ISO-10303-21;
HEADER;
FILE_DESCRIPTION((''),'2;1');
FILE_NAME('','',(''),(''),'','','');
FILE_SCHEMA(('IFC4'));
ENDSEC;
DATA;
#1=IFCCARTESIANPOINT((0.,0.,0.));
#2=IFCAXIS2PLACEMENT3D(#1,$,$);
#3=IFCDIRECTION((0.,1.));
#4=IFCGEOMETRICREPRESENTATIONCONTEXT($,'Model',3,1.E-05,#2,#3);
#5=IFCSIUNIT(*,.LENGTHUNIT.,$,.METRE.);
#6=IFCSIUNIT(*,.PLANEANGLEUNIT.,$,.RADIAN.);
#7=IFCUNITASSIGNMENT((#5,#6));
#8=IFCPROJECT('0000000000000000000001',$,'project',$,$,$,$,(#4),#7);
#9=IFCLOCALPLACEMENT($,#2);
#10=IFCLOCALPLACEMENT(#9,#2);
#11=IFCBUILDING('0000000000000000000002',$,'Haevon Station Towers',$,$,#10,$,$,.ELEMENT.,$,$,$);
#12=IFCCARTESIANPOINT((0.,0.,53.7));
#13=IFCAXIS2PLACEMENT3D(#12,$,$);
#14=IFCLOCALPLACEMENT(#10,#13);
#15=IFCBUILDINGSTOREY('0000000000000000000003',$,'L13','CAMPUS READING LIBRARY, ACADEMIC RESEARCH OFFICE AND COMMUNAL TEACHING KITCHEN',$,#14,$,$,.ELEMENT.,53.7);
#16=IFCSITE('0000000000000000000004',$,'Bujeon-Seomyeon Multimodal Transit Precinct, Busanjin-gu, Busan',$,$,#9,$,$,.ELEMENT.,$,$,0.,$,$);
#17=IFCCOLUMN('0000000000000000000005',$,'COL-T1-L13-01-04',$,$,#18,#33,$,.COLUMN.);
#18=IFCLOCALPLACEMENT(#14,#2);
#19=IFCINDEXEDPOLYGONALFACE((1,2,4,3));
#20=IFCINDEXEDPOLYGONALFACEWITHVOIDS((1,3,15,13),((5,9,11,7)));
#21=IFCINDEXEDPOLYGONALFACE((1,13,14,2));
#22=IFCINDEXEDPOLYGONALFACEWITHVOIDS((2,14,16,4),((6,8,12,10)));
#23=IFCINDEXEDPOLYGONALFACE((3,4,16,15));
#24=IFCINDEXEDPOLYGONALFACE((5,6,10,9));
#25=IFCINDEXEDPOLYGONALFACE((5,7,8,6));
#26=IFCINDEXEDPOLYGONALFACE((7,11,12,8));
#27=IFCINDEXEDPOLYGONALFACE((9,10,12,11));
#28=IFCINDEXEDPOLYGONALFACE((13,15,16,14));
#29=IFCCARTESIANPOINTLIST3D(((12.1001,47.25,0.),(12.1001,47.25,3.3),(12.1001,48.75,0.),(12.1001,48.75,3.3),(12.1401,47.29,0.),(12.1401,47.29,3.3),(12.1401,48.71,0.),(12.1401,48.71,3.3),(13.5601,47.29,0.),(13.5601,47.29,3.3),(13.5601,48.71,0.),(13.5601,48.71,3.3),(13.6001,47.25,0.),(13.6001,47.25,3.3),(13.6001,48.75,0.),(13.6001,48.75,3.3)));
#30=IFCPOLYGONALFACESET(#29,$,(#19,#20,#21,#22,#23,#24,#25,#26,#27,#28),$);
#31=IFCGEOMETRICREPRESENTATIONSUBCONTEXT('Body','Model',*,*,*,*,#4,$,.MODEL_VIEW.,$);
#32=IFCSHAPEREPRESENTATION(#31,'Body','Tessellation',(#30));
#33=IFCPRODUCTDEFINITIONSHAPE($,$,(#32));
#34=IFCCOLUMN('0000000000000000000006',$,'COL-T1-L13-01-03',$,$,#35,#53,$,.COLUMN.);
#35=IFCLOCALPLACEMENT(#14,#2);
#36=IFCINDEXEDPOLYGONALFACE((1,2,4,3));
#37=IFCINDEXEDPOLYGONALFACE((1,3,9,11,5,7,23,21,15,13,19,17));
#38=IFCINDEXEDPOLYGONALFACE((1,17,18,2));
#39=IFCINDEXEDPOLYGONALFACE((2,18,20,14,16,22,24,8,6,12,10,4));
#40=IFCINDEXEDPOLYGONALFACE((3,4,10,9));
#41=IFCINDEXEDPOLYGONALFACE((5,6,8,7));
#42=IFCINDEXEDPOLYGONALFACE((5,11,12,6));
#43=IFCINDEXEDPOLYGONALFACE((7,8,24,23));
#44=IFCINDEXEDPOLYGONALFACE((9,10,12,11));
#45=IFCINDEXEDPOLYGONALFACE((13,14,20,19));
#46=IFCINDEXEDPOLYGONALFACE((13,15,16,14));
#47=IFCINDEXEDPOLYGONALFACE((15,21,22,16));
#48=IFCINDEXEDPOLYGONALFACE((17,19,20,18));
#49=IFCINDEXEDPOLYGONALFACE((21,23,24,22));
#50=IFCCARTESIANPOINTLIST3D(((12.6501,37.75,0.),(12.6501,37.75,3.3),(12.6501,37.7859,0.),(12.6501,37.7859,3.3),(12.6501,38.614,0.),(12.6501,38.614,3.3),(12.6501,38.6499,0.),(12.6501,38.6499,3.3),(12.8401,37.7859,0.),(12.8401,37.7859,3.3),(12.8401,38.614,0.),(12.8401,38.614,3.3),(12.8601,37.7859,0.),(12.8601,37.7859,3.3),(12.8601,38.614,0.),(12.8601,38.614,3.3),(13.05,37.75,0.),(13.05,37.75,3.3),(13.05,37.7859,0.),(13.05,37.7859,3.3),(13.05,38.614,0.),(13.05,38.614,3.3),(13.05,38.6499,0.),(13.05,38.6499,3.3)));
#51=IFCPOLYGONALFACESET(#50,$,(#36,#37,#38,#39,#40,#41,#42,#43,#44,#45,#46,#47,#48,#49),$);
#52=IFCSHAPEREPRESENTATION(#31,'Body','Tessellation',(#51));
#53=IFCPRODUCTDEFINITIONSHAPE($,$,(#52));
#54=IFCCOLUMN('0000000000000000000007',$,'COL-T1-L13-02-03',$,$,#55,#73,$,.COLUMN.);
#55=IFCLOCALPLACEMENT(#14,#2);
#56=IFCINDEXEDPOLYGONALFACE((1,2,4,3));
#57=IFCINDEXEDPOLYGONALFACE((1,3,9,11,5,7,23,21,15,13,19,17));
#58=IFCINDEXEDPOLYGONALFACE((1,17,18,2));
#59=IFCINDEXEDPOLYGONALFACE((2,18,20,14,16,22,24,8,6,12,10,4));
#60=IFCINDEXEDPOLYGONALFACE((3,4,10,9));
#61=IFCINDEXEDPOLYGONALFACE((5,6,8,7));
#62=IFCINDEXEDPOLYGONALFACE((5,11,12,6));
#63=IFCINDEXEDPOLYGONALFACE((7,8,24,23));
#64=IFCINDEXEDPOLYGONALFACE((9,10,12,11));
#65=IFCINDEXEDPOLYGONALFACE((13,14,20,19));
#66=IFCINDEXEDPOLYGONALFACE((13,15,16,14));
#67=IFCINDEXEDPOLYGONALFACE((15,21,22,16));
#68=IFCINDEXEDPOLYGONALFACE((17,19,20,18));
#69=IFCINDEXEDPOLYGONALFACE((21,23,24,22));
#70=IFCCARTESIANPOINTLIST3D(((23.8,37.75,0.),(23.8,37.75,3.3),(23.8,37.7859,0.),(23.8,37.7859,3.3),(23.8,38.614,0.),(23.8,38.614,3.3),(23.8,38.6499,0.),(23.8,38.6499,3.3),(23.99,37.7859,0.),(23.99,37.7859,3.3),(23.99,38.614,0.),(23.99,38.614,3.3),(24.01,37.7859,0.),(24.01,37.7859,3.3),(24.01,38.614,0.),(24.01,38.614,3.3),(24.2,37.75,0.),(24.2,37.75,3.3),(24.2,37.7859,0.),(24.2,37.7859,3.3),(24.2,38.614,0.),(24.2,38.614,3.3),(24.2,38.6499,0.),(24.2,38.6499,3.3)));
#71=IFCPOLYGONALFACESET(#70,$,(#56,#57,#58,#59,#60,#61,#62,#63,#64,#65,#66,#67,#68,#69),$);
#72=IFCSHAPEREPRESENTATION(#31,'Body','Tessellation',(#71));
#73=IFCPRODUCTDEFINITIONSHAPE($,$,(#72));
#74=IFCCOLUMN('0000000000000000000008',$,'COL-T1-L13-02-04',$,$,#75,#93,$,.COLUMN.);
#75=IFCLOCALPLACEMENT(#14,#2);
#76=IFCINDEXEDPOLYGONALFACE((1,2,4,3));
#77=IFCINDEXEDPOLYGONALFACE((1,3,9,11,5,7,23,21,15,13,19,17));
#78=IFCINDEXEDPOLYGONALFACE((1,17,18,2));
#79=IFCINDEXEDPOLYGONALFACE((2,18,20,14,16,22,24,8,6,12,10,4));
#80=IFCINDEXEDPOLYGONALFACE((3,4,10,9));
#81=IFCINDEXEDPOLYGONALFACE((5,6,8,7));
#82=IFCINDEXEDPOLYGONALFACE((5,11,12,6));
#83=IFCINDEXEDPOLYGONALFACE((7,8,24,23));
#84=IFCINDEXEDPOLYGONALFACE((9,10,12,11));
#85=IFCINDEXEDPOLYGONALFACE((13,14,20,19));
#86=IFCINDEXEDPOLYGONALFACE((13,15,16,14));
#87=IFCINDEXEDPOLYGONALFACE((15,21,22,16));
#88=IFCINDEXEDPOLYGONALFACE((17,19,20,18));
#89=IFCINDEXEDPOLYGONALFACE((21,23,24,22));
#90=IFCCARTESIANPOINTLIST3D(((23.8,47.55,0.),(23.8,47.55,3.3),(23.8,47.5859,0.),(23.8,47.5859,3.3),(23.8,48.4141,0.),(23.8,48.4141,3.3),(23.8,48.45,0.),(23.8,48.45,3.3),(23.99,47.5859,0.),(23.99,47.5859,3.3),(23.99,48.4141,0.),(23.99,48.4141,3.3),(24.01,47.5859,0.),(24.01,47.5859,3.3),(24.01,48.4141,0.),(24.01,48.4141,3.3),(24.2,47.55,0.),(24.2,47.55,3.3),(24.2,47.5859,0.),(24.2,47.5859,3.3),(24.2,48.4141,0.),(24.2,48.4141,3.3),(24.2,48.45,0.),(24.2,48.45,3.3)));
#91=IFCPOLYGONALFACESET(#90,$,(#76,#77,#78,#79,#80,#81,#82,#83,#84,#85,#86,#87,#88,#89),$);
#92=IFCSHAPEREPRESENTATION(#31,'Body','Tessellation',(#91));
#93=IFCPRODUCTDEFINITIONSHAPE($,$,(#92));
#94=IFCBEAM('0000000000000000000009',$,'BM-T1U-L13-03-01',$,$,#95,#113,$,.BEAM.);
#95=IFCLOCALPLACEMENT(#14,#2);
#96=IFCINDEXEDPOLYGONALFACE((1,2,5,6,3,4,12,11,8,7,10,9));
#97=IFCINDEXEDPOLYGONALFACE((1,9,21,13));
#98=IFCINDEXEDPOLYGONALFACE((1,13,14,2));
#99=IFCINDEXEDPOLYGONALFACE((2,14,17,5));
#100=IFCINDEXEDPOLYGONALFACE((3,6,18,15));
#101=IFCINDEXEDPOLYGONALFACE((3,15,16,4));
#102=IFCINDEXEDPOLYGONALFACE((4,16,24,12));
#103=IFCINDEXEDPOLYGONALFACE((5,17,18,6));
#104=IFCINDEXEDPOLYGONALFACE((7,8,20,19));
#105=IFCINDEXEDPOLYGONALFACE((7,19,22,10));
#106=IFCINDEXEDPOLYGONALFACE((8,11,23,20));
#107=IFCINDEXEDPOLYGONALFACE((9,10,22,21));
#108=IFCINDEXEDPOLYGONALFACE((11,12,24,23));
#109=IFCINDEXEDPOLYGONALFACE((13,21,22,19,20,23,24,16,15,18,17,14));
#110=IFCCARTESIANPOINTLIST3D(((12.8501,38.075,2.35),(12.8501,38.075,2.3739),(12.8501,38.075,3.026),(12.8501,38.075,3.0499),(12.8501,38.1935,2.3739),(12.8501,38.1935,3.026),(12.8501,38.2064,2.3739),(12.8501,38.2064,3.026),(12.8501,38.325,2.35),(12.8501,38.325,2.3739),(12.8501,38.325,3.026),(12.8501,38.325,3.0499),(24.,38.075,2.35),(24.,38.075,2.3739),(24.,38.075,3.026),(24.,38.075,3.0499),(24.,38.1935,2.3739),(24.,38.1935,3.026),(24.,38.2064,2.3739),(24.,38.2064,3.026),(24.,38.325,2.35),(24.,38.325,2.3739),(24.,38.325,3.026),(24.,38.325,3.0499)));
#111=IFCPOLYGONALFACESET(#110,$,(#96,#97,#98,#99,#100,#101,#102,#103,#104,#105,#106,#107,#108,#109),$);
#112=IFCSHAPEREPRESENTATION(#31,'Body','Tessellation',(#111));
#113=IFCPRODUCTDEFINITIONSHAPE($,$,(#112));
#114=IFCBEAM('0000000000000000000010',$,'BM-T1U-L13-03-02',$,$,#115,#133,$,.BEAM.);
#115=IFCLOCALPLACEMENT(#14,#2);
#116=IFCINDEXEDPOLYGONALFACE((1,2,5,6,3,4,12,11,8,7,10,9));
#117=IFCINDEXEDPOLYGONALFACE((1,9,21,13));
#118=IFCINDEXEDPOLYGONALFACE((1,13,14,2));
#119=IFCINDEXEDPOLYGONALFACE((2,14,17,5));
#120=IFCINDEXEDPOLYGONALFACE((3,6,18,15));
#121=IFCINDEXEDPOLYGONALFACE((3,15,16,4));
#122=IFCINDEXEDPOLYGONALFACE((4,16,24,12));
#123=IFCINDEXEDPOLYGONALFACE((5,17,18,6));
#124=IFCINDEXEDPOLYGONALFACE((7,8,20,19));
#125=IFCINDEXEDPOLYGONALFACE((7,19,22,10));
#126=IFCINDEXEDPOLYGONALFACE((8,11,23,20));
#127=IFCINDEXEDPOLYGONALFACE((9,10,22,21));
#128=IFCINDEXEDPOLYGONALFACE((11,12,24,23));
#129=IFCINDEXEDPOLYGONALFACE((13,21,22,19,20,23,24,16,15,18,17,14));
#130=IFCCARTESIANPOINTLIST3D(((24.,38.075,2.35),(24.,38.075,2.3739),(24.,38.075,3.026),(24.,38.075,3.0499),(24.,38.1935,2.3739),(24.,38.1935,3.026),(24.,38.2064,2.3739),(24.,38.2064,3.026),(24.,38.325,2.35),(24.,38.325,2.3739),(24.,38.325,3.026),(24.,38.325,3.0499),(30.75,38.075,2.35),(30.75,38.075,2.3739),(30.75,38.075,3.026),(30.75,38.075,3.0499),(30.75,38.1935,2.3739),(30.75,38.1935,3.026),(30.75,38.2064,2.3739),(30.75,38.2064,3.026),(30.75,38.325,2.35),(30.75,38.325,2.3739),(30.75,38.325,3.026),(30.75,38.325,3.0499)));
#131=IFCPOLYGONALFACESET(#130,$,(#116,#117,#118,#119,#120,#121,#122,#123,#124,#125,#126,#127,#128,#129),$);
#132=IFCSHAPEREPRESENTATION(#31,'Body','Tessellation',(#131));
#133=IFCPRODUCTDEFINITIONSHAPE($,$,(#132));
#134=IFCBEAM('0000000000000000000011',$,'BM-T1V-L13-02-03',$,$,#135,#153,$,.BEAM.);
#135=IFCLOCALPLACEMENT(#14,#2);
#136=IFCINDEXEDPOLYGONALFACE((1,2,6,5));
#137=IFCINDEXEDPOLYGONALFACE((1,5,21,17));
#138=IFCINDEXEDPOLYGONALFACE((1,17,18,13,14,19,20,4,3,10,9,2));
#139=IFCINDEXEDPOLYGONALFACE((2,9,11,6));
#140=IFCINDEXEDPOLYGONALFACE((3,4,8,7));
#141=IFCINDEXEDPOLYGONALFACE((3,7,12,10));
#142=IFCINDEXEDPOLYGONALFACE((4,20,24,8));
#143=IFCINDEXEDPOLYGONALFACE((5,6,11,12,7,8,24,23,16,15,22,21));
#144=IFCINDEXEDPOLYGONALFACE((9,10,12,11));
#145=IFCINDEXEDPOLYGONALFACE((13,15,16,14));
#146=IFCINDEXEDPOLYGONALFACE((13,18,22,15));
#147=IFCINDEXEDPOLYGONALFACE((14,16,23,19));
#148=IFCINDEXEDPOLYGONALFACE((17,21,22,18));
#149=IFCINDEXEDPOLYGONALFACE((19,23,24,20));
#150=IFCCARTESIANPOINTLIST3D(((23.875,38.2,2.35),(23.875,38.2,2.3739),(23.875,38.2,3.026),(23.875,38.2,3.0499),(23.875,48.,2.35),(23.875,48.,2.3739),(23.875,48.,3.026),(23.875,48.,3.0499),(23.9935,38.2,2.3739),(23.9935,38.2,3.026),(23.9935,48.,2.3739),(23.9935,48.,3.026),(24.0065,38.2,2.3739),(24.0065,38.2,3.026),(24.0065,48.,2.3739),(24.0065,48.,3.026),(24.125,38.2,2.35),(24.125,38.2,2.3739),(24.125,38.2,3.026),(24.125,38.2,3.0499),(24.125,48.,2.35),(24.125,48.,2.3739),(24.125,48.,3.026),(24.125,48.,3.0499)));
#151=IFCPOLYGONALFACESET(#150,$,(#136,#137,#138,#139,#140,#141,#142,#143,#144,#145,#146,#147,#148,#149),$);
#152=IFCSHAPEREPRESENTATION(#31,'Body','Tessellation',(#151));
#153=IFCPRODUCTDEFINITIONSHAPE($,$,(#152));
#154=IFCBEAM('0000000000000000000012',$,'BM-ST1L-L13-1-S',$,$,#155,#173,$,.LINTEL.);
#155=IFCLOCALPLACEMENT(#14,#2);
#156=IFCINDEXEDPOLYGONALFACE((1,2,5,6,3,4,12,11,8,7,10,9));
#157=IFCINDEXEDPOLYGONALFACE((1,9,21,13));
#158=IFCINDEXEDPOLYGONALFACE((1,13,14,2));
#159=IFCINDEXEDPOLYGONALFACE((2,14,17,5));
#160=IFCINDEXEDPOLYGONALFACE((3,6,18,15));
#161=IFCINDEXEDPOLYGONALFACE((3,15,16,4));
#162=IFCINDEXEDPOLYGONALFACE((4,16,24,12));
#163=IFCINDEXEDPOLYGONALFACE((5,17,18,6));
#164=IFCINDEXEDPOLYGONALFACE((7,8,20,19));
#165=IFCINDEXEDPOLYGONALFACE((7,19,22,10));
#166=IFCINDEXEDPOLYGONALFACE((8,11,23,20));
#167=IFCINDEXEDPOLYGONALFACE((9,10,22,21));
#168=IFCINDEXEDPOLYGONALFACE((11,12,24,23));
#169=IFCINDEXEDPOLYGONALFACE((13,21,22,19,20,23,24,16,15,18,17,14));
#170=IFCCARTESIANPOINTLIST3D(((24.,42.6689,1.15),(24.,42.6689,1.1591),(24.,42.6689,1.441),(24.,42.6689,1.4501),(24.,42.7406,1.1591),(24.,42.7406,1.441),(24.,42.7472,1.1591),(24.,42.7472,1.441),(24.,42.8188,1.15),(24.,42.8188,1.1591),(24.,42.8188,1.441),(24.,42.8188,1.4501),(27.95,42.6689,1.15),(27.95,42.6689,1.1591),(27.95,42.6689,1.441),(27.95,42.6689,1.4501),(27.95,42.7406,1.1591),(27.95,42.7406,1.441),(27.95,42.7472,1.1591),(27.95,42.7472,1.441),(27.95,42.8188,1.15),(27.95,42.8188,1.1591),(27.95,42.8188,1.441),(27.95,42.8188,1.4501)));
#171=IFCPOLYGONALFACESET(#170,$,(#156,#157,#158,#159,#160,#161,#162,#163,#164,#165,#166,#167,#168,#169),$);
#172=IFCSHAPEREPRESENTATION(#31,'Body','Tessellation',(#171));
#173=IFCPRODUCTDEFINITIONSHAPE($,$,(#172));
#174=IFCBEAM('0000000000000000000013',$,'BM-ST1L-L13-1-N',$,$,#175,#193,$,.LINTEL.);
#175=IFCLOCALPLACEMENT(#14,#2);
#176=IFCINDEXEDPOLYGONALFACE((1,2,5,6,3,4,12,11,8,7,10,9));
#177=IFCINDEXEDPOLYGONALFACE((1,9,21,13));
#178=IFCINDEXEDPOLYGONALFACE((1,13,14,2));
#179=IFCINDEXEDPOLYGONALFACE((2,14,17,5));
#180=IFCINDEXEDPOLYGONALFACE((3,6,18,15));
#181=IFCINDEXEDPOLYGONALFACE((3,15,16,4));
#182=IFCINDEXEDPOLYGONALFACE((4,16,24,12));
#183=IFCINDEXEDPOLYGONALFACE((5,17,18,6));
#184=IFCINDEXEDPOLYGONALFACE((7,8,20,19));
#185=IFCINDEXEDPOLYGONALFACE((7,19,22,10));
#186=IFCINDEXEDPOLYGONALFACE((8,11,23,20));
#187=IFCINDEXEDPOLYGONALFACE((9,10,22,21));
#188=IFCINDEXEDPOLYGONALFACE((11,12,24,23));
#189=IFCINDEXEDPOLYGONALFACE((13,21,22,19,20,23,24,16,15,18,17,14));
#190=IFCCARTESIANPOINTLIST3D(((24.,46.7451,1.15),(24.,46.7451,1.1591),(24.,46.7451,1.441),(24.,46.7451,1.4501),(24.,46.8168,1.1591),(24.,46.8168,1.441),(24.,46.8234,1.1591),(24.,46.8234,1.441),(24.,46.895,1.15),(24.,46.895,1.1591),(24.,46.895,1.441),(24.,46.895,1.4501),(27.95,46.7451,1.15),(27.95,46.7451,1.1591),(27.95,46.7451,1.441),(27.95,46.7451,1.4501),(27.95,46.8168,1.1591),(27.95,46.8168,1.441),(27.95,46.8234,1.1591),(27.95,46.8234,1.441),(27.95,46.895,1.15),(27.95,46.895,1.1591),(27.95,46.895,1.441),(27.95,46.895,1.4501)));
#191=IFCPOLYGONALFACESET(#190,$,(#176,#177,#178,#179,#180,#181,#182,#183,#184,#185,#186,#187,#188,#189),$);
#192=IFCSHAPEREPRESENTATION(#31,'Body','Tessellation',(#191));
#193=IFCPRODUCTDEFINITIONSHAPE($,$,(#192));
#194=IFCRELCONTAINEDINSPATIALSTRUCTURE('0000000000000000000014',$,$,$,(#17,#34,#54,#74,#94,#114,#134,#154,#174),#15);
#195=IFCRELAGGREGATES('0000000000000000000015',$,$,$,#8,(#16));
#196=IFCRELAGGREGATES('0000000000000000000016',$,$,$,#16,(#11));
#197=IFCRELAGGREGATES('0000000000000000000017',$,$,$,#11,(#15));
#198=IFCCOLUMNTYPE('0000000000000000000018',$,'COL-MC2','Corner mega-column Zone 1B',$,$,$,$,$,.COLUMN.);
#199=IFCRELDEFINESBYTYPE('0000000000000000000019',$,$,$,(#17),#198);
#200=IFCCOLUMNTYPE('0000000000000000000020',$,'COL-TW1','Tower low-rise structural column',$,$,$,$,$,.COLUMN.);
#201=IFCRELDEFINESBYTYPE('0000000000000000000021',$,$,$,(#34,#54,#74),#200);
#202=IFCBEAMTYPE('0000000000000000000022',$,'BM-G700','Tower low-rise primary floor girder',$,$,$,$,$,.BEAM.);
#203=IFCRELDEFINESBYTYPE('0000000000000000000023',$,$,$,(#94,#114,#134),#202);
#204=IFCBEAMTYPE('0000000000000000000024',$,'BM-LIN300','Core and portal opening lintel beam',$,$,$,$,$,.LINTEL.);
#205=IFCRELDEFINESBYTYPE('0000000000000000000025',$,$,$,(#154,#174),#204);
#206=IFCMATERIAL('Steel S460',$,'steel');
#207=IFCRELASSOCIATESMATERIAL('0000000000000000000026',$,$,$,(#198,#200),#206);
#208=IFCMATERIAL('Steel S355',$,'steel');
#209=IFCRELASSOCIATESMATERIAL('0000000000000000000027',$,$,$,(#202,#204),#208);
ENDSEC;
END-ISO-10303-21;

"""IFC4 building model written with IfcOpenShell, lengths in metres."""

from ifc_helpers import new_model, si_unit, direction, frame, origin, origin_2d, place, context, subcontext, project, spatial, hollow_rectangle, i_section, extrude, material, material_profile, profile_set, type_object, element, save


model = new_model("IFC4")

# Units and contexts
model_context = context("Model", 3, precision=1e-05, world=origin(), true_north=direction((0.0, 1.0)))
body_context = subcontext(model_context, "Body", "Model", "MODEL_VIEW")
ifc_project = project(units=[si_unit("LENGTHUNIT", "METRE"), si_unit("PLANEANGLEUNIT", "RADIAN")], contexts=[model_context])

# Site, building, storey
site_placement = place(None, origin())
site = spatial("IfcSite", under=ifc_project, at=site_placement, Name="Bujeon-Seomyeon Multimodal Transit Precinct, Busanjin-gu, Busan", CompositionType="ELEMENT", RefElevation=0.0)
building_placement = place(site_placement, origin())
building = spatial("IfcBuilding", under=site, at=building_placement, Name="Haevon Station Towers", CompositionType="ELEMENT")
storey_placement = place(building_placement, frame((0.0, 0.0, 53.7)))
storey = spatial("IfcBuildingStorey", under=building, at=storey_placement, Name="L13", Description="CAMPUS READING LIBRARY, ACADEMIC RESEARCH OFFICE AND COMMUNAL TEACHING KITCHEN", CompositionType="ELEMENT", Elevation=53.7)

# Columns
ifc_material_1 = material(Name="Steel S460", Category="steel")
ifc_material_profile_1 = material_profile(ifc_material_1, hollow_rectangle(XDim=1.5, YDim=1.5, WallThickness=0.04, at=origin_2d()), Name="BOX-1500x1500x40")
ifc_profile_set_1 = profile_set([ifc_material_profile_1], Name="Steel S460")
column_type_1 = type_object("IfcColumnType", Name="COL-MC2", Description="Corner mega-column Zone 1B", PredefinedType="COLUMN", material=ifc_profile_set_1)
column_placement = place(storey_placement, frame((12.8501, 48.0, 0.0), z_axis=(0.0, 0.0, 1.0), x_axis=(1.0, 0.0, 0.0)))
element("IfcColumn", 1, at=column_placement, inside=storey, type_object=column_type_1, Name="COL-T1-L13-01-04", PredefinedType="COLUMN", context=body_context, shape_type="SweptSolid", body=[
    extrude(hollow_rectangle(XDim=1.5, YDim=1.5, WallThickness=0.04, at=origin_2d()), origin(), (0.0, 0.0, 1.0), 3.3),
])
ifc_material_profile_2 = material_profile(ifc_material_1, i_section(OverallWidth=0.3999, OverallDepth=0.8999, WebThickness=0.02, FlangeThickness=0.0359, at=origin_2d()), Name="H-900x400x20x36")
ifc_profile_set_2 = profile_set([ifc_material_profile_2], Name="Steel S460")
column_type_2 = type_object("IfcColumnType", Name="COL-TW1", Description="Tower low-rise structural column", PredefinedType="COLUMN", material=ifc_profile_set_2)
for number, where, z_axis, x_axis, name in (
    (2, (12.8501, 38.2, 0.0), (0.0, 0.0, 1.0), (1.0, 0.0, 0.0), "COL-T1-L13-01-03"),
    (3, (24.0, 38.2, 0.0), (0.0, 0.0, 1.0), (1.0, 0.0, 0.0), "COL-T1-L13-02-03"),
    (4, (24.0, 48.0, 0.0), (0.0, 0.0, 1.0), (1.0, 0.0, 0.0), "COL-T1-L13-02-04"),
):
    element("IfcColumn", number, at=place(storey_placement, frame(where, z_axis=z_axis, x_axis=x_axis)), inside=storey, type_object=column_type_2, Name=name, PredefinedType="COLUMN", context=body_context, shape_type="SweptSolid", body=[
        extrude(i_section(OverallWidth=0.3999, OverallDepth=0.8999, WebThickness=0.02, FlangeThickness=0.0359, at=origin_2d()), origin(), (0.0, 0.0, 1.0), 3.3),
    ])

# Beams
ifc_material_2 = material(Name="Steel S355", Category="steel")
ifc_material_profile_3 = material_profile(ifc_material_2, i_section(OverallWidth=0.25, OverallDepth=0.7, WebThickness=0.0129, FlangeThickness=0.0239, at=origin_2d()), Name="H-700x250x13x24")
ifc_profile_set_3 = profile_set([ifc_material_profile_3], Name="Steel S355")
beam_type_1 = type_object("IfcBeamType", Name="BM-G700", Description="Tower low-rise primary floor girder", PredefinedType="BEAM", material=ifc_profile_set_3)
beam_1_placement = place(storey_placement, frame((12.8501, 38.2, 2.7), z_axis=(1.0, 0.0, 0.0), x_axis=(0.0, 1.0, 0.0)))
element("IfcBeam", 5, at=beam_1_placement, inside=storey, type_object=beam_type_1, Name="BM-T1U-L13-03-01", PredefinedType="BEAM", context=body_context, shape_type="SweptSolid", body=[
    extrude(i_section(OverallWidth=0.25, OverallDepth=0.7, WebThickness=0.0129, FlangeThickness=0.0239, at=origin_2d()), origin(), (0.0, 0.0, 1.0), 11.1499),
])
beam_2_placement = place(storey_placement, frame((24.0, 38.2, 2.7), z_axis=(1.0, 0.0, 0.0), x_axis=(0.0, 1.0, 0.0)))
element("IfcBeam", 6, at=beam_2_placement, inside=storey, type_object=beam_type_1, Name="BM-T1U-L13-03-02", PredefinedType="BEAM", context=body_context, shape_type="SweptSolid", body=[
    extrude(i_section(OverallWidth=0.25, OverallDepth=0.7, WebThickness=0.0129, FlangeThickness=0.0239, at=origin_2d()), origin(), (0.0, 0.0, 1.0), 6.75),
])
beam_3_placement = place(storey_placement, frame((24.0, 38.2, 2.7), z_axis=(0.0, 1.0, 0.0), x_axis=(-1.0, 0.0, 0.0)))
element("IfcBeam", 7, at=beam_3_placement, inside=storey, type_object=beam_type_1, Name="BM-T1V-L13-02-03", PredefinedType="BEAM", context=body_context, shape_type="SweptSolid", body=[
    extrude(i_section(OverallWidth=0.25, OverallDepth=0.7, WebThickness=0.0129, FlangeThickness=0.0239, at=origin_2d()), origin(), (0.0, 0.0, 1.0), 9.8),
])
ifc_material_profile_4 = material_profile(ifc_material_2, i_section(OverallWidth=0.1499, OverallDepth=0.3, WebThickness=0.0066, FlangeThickness=0.009, at=origin_2d()), Name="H-300x150x6.5x9")
ifc_profile_set_4 = profile_set([ifc_material_profile_4], Name="Steel S355")
beam_type_2 = type_object("IfcBeamType", Name="BM-LIN300", Description="Core and portal opening lintel beam", PredefinedType="LINTEL", material=ifc_profile_set_4)
for number, where, z_axis, x_axis, name in (
    (8, (24.0, 42.7439, 1.3), (1.0, 0.0, 0.0), (0.0, 1.0, 0.0), "BM-ST1L-L13-1-S"),
    (9, (24.0, 46.8201, 1.3), (1.0, 0.0, 0.0), (0.0, 1.0, 0.0), "BM-ST1L-L13-1-N"),
):
    element("IfcBeam", number, at=place(storey_placement, frame(where, z_axis=z_axis, x_axis=x_axis)), inside=storey, type_object=beam_type_2, Name=name, PredefinedType="LINTEL", context=body_context, shape_type="SweptSolid", body=[
        extrude(i_section(OverallWidth=0.1499, OverallDepth=0.3, WebThickness=0.0066, FlangeThickness=0.009, at=origin_2d()), origin(), (0.0, 0.0, 1.0), 3.95),
    ])

save(model, "model.ifc")
